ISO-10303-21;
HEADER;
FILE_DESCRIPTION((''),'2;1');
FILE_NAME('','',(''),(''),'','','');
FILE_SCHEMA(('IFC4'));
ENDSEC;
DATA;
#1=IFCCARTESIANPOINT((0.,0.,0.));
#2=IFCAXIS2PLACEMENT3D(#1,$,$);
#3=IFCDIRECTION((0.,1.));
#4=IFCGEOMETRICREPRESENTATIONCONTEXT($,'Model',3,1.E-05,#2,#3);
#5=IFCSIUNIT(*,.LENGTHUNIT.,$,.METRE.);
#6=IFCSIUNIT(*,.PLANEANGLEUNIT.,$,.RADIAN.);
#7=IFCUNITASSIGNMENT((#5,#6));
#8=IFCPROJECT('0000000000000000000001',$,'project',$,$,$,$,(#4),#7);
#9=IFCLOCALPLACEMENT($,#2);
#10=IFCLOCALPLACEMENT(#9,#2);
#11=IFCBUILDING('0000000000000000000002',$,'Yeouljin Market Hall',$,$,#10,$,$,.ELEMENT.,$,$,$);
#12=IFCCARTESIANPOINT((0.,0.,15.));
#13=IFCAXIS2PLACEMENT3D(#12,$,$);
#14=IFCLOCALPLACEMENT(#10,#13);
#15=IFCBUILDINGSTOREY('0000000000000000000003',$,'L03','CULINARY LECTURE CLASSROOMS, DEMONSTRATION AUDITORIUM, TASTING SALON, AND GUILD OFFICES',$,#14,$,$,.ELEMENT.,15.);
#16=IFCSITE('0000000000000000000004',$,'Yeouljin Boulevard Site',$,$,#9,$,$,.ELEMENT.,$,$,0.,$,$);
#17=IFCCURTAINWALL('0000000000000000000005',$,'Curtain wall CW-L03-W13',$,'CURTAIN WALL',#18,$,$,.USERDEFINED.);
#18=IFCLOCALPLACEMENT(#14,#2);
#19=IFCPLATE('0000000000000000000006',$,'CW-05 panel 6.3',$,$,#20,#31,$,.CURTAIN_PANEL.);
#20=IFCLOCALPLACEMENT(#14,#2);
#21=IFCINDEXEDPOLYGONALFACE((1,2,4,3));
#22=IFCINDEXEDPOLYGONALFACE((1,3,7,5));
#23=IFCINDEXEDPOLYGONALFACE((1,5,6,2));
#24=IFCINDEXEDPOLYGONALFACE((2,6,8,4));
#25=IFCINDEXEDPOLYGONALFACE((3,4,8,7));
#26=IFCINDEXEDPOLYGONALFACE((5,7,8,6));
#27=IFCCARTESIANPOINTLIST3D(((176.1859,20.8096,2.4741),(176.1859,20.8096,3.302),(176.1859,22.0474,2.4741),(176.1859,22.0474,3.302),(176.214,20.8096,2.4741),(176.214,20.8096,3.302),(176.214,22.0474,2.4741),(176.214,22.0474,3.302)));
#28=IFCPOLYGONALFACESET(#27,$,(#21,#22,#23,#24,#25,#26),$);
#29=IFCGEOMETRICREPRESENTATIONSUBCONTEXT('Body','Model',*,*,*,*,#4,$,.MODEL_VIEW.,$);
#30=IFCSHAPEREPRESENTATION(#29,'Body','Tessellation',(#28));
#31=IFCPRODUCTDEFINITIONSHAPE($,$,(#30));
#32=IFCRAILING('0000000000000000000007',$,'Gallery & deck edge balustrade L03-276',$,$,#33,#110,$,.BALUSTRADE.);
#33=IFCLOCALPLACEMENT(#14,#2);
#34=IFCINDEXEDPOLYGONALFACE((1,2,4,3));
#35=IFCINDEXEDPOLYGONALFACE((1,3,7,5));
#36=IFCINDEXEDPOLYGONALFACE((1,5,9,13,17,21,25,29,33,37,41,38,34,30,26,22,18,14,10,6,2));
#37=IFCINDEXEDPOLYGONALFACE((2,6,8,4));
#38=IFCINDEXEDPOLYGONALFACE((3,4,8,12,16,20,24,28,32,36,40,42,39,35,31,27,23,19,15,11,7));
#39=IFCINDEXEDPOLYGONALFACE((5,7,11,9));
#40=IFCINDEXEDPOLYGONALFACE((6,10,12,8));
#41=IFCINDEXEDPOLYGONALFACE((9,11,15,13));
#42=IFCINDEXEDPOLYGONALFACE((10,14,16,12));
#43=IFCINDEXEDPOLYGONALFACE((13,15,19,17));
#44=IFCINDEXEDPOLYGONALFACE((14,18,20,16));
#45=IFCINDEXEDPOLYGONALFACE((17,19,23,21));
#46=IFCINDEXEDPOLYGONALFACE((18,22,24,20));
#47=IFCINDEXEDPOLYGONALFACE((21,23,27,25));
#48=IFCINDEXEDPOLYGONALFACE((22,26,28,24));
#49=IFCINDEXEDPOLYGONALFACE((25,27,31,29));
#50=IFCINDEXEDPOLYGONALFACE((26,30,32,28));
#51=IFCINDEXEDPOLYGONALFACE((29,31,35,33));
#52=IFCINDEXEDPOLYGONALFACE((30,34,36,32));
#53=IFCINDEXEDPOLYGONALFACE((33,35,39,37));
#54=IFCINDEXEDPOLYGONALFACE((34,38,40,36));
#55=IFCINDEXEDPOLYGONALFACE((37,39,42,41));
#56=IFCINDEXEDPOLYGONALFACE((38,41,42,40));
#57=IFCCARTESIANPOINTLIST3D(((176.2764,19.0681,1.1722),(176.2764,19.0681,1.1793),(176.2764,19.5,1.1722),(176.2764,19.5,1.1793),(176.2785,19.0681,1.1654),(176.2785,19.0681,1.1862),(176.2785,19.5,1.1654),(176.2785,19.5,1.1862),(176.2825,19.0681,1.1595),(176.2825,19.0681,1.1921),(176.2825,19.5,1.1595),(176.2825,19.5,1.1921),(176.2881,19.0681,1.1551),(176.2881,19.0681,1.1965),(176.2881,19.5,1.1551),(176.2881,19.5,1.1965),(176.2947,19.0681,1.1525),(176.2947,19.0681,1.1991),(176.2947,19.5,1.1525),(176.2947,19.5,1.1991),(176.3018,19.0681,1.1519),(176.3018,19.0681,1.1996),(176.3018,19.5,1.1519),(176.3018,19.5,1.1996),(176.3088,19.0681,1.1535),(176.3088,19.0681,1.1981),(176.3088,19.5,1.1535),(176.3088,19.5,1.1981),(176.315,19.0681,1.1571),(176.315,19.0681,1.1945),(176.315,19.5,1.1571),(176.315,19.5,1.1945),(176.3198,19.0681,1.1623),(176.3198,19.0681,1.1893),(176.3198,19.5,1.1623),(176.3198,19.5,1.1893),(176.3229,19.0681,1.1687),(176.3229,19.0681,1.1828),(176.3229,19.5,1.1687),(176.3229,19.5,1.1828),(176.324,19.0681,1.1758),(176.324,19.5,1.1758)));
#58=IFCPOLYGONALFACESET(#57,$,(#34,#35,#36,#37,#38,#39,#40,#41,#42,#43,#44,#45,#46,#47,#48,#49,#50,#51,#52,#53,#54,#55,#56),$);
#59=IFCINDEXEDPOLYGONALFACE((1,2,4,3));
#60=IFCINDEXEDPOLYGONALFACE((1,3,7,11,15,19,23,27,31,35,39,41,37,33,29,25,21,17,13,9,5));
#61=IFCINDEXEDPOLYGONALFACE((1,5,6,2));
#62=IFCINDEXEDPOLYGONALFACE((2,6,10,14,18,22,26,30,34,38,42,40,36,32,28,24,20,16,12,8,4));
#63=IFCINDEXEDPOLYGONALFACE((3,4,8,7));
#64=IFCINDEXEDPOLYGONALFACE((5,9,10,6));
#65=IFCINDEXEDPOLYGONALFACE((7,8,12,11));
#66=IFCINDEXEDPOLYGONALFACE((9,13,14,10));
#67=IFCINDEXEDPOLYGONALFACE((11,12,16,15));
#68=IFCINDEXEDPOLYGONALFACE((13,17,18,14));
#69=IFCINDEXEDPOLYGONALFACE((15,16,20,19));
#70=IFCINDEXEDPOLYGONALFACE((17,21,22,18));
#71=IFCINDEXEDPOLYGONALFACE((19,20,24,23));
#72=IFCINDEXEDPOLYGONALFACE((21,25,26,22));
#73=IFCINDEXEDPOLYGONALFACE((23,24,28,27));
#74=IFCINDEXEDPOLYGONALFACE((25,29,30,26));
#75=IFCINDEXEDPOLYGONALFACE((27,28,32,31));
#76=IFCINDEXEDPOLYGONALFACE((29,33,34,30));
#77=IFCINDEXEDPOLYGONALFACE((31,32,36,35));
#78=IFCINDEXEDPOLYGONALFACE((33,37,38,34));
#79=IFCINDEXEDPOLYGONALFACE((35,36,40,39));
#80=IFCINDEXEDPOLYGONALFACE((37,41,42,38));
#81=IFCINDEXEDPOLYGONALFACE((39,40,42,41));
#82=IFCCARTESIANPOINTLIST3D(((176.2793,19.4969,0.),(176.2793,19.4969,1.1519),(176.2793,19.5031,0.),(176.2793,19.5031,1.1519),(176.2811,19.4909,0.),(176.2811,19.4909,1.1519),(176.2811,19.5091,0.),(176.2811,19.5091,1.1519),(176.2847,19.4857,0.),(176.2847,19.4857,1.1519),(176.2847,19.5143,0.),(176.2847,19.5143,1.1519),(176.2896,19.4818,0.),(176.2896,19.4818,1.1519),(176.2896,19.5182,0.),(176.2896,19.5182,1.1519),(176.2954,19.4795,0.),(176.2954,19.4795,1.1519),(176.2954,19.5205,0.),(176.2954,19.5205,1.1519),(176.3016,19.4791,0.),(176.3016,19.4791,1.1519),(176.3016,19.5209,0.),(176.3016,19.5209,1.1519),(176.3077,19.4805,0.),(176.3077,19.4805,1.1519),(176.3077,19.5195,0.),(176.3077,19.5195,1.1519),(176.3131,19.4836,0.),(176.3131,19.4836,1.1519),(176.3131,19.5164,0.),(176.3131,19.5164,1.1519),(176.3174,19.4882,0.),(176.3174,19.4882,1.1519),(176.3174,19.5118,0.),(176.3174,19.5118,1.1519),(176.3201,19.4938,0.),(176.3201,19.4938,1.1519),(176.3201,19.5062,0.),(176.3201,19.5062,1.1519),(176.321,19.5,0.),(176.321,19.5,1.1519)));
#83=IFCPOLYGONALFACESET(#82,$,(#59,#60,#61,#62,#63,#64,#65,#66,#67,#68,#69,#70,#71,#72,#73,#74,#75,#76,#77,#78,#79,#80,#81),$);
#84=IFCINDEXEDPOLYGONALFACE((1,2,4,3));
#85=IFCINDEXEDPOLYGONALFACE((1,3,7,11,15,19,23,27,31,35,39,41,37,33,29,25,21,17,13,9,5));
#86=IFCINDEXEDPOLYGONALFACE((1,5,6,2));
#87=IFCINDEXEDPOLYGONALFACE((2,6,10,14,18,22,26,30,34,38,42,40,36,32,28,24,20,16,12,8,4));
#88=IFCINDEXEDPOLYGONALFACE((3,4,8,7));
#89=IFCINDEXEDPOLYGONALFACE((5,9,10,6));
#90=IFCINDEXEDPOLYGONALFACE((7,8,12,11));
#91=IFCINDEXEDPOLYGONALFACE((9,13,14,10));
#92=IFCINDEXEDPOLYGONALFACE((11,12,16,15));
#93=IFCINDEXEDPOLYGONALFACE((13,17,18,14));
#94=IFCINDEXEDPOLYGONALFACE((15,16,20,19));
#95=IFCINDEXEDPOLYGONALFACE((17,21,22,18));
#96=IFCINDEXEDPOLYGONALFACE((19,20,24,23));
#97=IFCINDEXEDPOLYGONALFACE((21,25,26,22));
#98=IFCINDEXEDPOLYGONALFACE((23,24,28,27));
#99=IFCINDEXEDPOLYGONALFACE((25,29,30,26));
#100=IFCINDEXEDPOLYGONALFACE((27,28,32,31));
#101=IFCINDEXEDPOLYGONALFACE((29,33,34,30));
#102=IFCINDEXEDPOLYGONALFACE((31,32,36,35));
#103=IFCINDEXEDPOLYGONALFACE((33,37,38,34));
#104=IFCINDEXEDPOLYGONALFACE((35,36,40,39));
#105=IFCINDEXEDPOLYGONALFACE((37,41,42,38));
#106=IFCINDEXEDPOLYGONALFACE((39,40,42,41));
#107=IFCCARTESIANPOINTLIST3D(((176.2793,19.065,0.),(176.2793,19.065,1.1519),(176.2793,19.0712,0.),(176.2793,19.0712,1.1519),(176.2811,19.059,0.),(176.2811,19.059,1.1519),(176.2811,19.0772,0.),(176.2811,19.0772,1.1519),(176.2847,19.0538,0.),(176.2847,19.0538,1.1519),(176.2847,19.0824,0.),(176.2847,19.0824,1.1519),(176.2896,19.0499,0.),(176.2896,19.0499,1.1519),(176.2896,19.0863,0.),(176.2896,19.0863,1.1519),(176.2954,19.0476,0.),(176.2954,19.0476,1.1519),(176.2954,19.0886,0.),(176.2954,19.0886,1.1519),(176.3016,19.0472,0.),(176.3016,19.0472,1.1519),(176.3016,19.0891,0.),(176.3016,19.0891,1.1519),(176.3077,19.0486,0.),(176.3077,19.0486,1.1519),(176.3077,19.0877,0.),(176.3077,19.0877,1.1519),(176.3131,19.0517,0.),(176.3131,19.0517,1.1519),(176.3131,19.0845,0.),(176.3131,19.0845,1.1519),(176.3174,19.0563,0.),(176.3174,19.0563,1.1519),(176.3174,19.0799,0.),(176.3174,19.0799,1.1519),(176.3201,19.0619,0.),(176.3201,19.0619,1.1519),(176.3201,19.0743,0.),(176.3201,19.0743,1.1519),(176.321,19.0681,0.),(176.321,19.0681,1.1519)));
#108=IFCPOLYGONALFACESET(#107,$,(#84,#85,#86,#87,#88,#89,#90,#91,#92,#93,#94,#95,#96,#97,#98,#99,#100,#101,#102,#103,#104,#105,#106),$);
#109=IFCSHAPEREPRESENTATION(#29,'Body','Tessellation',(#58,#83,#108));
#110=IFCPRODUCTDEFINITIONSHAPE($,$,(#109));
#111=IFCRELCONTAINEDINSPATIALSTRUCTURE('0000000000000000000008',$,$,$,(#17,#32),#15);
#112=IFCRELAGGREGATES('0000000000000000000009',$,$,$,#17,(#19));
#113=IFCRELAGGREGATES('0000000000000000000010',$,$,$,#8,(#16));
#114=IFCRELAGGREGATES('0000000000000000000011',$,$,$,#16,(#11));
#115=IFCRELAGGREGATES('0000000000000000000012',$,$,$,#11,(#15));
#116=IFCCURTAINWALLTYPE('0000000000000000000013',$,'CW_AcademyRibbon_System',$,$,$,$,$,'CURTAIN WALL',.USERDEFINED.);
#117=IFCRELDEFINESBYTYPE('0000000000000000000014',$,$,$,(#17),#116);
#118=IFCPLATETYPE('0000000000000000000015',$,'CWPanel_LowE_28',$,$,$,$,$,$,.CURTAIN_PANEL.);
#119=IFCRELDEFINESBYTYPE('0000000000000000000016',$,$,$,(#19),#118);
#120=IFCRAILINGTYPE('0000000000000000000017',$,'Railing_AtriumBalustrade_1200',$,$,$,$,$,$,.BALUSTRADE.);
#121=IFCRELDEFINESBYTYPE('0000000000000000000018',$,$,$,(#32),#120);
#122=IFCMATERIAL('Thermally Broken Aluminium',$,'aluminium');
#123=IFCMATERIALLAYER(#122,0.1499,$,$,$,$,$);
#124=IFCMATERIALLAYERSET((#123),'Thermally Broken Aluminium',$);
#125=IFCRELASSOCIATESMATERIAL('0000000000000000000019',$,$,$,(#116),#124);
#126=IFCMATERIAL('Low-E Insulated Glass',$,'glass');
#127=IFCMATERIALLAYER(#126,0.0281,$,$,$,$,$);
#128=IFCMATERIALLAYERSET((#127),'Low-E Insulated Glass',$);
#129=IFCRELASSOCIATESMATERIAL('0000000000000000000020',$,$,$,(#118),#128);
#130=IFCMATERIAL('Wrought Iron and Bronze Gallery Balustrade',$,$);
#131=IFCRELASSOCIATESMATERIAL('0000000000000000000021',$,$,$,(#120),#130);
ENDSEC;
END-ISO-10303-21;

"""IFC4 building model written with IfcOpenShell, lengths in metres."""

from ifc_helpers import new_model, si_unit, direction, frame, origin, origin_2d, place, context, subcontext, project, spatial, rectangle, circle, extrude, material, layer, layer_set, type_object, element, aggregate, save


model = new_model("IFC4")

# Units and contexts
model_context = context("Model", 3, precision=1e-05, world=origin(), true_north=direction((0.0, 1.0)))
body_context = subcontext(model_context, "Body", "Model", "MODEL_VIEW")
ifc_project = project(units=[si_unit("LENGTHUNIT", "METRE"), si_unit("PLANEANGLEUNIT", "RADIAN")], contexts=[model_context])

# Site, building, storey
site_placement = place(None, origin())
site = spatial("IfcSite", under=ifc_project, at=site_placement, Name="Yeouljin Boulevard Site", CompositionType="ELEMENT", RefElevation=0.0)
building_placement = place(site_placement, origin())
building = spatial("IfcBuilding", under=site, at=building_placement, Name="Yeouljin Market Hall", CompositionType="ELEMENT")
storey_placement = place(building_placement, frame((0.0, 0.0, 15.0)))
storey = spatial("IfcBuildingStorey", under=building, at=storey_placement, Name="L03", Description="CULINARY LECTURE CLASSROOMS, DEMONSTRATION AUDITORIUM, TASTING SALON, AND GUILD OFFICES", CompositionType="ELEMENT", Elevation=15.0)

# Curtain wall, plate
ifc_material_1 = material(Name="Thermally Broken Aluminium", Category="aluminium")
ifc_layer_1 = layer(ifc_material_1, 0.1499)
ifc_layer_set_1 = layer_set([ifc_layer_1], Name="Thermally Broken Aluminium")
curtain_wall_type = type_object("IfcCurtainWallType", Name="CW_AcademyRibbon_System", ElementType="CURTAIN WALL", PredefinedType="USERDEFINED", material=ifc_layer_set_1)
curtain_wall_placement = place(storey_placement, origin())
curtain_wall = element("IfcCurtainWall", 1, at=curtain_wall_placement, inside=storey, type_object=curtain_wall_type, Name="Curtain wall CW-L03-W13", ObjectType="CURTAIN WALL", PredefinedType="USERDEFINED")
ifc_material_2 = material(Name="Low-E Insulated Glass", Category="glass")
ifc_layer_2 = layer(ifc_material_2, 0.0281)
ifc_layer_set_2 = layer_set([ifc_layer_2], Name="Low-E Insulated Glass")
plate_type = type_object("IfcPlateType", Name="CWPanel_LowE_28", PredefinedType="CURTAIN_PANEL", material=ifc_layer_set_2)
plate_1_placement = place(storey_placement, frame((176.2, 21.4285, 2.4741), z_axis=(0.0, 0.0, 1.0), x_axis=(0.0, -1.0, 0.0)))
plate_1 = element("IfcPlate", 2, at=plate_1_placement, type_object=plate_type, Name="CW-05 panel 6.3", PredefinedType="CURTAIN_PANEL", context=body_context, shape_type="SweptSolid", body=[
    extrude(rectangle(XDim=1.2378, YDim=0.0281, at=origin_2d()), origin(), (0.0, 0.0, 1.0), 0.8279),
])
aggregate(curtain_wall, [plate_1])

# Railing
ifc_material_3 = material(Name="Wrought Iron and Bronze Gallery Balustrade")
railing_type = type_object("IfcRailingType", Name="Railing_AtriumBalustrade_1200", PredefinedType="BALUSTRADE", material=ifc_material_3)
railing_placement = place(storey_placement, frame((176.3, 19.5, 0.0)))
element("IfcRailing", 3, at=railing_placement, inside=storey, type_object=railing_type, Name="Gallery & deck edge balustrade L03-276", PredefinedType="BALUSTRADE", context=body_context, shape_type="SweptSolid", body=[
    extrude(circle(Radius=0.0239, at=origin_2d()), frame((0.0, 0.0, 1.1758), z_axis=(0.0, -1.0, 0.0), x_axis=(1.0, 0.0, 0.0)), (0.0, 0.0, 1.0), 0.4319),
    extrude(circle(Radius=0.021, at=origin_2d()), origin(), (0.0, 0.0, 1.0), 1.1519),
    extrude(circle(Radius=0.021, at=origin_2d()), frame((0.0, -0.4319, 0.0)), (0.0, 0.0, 1.0), 1.1519),
])

save(model, "model.ifc")
